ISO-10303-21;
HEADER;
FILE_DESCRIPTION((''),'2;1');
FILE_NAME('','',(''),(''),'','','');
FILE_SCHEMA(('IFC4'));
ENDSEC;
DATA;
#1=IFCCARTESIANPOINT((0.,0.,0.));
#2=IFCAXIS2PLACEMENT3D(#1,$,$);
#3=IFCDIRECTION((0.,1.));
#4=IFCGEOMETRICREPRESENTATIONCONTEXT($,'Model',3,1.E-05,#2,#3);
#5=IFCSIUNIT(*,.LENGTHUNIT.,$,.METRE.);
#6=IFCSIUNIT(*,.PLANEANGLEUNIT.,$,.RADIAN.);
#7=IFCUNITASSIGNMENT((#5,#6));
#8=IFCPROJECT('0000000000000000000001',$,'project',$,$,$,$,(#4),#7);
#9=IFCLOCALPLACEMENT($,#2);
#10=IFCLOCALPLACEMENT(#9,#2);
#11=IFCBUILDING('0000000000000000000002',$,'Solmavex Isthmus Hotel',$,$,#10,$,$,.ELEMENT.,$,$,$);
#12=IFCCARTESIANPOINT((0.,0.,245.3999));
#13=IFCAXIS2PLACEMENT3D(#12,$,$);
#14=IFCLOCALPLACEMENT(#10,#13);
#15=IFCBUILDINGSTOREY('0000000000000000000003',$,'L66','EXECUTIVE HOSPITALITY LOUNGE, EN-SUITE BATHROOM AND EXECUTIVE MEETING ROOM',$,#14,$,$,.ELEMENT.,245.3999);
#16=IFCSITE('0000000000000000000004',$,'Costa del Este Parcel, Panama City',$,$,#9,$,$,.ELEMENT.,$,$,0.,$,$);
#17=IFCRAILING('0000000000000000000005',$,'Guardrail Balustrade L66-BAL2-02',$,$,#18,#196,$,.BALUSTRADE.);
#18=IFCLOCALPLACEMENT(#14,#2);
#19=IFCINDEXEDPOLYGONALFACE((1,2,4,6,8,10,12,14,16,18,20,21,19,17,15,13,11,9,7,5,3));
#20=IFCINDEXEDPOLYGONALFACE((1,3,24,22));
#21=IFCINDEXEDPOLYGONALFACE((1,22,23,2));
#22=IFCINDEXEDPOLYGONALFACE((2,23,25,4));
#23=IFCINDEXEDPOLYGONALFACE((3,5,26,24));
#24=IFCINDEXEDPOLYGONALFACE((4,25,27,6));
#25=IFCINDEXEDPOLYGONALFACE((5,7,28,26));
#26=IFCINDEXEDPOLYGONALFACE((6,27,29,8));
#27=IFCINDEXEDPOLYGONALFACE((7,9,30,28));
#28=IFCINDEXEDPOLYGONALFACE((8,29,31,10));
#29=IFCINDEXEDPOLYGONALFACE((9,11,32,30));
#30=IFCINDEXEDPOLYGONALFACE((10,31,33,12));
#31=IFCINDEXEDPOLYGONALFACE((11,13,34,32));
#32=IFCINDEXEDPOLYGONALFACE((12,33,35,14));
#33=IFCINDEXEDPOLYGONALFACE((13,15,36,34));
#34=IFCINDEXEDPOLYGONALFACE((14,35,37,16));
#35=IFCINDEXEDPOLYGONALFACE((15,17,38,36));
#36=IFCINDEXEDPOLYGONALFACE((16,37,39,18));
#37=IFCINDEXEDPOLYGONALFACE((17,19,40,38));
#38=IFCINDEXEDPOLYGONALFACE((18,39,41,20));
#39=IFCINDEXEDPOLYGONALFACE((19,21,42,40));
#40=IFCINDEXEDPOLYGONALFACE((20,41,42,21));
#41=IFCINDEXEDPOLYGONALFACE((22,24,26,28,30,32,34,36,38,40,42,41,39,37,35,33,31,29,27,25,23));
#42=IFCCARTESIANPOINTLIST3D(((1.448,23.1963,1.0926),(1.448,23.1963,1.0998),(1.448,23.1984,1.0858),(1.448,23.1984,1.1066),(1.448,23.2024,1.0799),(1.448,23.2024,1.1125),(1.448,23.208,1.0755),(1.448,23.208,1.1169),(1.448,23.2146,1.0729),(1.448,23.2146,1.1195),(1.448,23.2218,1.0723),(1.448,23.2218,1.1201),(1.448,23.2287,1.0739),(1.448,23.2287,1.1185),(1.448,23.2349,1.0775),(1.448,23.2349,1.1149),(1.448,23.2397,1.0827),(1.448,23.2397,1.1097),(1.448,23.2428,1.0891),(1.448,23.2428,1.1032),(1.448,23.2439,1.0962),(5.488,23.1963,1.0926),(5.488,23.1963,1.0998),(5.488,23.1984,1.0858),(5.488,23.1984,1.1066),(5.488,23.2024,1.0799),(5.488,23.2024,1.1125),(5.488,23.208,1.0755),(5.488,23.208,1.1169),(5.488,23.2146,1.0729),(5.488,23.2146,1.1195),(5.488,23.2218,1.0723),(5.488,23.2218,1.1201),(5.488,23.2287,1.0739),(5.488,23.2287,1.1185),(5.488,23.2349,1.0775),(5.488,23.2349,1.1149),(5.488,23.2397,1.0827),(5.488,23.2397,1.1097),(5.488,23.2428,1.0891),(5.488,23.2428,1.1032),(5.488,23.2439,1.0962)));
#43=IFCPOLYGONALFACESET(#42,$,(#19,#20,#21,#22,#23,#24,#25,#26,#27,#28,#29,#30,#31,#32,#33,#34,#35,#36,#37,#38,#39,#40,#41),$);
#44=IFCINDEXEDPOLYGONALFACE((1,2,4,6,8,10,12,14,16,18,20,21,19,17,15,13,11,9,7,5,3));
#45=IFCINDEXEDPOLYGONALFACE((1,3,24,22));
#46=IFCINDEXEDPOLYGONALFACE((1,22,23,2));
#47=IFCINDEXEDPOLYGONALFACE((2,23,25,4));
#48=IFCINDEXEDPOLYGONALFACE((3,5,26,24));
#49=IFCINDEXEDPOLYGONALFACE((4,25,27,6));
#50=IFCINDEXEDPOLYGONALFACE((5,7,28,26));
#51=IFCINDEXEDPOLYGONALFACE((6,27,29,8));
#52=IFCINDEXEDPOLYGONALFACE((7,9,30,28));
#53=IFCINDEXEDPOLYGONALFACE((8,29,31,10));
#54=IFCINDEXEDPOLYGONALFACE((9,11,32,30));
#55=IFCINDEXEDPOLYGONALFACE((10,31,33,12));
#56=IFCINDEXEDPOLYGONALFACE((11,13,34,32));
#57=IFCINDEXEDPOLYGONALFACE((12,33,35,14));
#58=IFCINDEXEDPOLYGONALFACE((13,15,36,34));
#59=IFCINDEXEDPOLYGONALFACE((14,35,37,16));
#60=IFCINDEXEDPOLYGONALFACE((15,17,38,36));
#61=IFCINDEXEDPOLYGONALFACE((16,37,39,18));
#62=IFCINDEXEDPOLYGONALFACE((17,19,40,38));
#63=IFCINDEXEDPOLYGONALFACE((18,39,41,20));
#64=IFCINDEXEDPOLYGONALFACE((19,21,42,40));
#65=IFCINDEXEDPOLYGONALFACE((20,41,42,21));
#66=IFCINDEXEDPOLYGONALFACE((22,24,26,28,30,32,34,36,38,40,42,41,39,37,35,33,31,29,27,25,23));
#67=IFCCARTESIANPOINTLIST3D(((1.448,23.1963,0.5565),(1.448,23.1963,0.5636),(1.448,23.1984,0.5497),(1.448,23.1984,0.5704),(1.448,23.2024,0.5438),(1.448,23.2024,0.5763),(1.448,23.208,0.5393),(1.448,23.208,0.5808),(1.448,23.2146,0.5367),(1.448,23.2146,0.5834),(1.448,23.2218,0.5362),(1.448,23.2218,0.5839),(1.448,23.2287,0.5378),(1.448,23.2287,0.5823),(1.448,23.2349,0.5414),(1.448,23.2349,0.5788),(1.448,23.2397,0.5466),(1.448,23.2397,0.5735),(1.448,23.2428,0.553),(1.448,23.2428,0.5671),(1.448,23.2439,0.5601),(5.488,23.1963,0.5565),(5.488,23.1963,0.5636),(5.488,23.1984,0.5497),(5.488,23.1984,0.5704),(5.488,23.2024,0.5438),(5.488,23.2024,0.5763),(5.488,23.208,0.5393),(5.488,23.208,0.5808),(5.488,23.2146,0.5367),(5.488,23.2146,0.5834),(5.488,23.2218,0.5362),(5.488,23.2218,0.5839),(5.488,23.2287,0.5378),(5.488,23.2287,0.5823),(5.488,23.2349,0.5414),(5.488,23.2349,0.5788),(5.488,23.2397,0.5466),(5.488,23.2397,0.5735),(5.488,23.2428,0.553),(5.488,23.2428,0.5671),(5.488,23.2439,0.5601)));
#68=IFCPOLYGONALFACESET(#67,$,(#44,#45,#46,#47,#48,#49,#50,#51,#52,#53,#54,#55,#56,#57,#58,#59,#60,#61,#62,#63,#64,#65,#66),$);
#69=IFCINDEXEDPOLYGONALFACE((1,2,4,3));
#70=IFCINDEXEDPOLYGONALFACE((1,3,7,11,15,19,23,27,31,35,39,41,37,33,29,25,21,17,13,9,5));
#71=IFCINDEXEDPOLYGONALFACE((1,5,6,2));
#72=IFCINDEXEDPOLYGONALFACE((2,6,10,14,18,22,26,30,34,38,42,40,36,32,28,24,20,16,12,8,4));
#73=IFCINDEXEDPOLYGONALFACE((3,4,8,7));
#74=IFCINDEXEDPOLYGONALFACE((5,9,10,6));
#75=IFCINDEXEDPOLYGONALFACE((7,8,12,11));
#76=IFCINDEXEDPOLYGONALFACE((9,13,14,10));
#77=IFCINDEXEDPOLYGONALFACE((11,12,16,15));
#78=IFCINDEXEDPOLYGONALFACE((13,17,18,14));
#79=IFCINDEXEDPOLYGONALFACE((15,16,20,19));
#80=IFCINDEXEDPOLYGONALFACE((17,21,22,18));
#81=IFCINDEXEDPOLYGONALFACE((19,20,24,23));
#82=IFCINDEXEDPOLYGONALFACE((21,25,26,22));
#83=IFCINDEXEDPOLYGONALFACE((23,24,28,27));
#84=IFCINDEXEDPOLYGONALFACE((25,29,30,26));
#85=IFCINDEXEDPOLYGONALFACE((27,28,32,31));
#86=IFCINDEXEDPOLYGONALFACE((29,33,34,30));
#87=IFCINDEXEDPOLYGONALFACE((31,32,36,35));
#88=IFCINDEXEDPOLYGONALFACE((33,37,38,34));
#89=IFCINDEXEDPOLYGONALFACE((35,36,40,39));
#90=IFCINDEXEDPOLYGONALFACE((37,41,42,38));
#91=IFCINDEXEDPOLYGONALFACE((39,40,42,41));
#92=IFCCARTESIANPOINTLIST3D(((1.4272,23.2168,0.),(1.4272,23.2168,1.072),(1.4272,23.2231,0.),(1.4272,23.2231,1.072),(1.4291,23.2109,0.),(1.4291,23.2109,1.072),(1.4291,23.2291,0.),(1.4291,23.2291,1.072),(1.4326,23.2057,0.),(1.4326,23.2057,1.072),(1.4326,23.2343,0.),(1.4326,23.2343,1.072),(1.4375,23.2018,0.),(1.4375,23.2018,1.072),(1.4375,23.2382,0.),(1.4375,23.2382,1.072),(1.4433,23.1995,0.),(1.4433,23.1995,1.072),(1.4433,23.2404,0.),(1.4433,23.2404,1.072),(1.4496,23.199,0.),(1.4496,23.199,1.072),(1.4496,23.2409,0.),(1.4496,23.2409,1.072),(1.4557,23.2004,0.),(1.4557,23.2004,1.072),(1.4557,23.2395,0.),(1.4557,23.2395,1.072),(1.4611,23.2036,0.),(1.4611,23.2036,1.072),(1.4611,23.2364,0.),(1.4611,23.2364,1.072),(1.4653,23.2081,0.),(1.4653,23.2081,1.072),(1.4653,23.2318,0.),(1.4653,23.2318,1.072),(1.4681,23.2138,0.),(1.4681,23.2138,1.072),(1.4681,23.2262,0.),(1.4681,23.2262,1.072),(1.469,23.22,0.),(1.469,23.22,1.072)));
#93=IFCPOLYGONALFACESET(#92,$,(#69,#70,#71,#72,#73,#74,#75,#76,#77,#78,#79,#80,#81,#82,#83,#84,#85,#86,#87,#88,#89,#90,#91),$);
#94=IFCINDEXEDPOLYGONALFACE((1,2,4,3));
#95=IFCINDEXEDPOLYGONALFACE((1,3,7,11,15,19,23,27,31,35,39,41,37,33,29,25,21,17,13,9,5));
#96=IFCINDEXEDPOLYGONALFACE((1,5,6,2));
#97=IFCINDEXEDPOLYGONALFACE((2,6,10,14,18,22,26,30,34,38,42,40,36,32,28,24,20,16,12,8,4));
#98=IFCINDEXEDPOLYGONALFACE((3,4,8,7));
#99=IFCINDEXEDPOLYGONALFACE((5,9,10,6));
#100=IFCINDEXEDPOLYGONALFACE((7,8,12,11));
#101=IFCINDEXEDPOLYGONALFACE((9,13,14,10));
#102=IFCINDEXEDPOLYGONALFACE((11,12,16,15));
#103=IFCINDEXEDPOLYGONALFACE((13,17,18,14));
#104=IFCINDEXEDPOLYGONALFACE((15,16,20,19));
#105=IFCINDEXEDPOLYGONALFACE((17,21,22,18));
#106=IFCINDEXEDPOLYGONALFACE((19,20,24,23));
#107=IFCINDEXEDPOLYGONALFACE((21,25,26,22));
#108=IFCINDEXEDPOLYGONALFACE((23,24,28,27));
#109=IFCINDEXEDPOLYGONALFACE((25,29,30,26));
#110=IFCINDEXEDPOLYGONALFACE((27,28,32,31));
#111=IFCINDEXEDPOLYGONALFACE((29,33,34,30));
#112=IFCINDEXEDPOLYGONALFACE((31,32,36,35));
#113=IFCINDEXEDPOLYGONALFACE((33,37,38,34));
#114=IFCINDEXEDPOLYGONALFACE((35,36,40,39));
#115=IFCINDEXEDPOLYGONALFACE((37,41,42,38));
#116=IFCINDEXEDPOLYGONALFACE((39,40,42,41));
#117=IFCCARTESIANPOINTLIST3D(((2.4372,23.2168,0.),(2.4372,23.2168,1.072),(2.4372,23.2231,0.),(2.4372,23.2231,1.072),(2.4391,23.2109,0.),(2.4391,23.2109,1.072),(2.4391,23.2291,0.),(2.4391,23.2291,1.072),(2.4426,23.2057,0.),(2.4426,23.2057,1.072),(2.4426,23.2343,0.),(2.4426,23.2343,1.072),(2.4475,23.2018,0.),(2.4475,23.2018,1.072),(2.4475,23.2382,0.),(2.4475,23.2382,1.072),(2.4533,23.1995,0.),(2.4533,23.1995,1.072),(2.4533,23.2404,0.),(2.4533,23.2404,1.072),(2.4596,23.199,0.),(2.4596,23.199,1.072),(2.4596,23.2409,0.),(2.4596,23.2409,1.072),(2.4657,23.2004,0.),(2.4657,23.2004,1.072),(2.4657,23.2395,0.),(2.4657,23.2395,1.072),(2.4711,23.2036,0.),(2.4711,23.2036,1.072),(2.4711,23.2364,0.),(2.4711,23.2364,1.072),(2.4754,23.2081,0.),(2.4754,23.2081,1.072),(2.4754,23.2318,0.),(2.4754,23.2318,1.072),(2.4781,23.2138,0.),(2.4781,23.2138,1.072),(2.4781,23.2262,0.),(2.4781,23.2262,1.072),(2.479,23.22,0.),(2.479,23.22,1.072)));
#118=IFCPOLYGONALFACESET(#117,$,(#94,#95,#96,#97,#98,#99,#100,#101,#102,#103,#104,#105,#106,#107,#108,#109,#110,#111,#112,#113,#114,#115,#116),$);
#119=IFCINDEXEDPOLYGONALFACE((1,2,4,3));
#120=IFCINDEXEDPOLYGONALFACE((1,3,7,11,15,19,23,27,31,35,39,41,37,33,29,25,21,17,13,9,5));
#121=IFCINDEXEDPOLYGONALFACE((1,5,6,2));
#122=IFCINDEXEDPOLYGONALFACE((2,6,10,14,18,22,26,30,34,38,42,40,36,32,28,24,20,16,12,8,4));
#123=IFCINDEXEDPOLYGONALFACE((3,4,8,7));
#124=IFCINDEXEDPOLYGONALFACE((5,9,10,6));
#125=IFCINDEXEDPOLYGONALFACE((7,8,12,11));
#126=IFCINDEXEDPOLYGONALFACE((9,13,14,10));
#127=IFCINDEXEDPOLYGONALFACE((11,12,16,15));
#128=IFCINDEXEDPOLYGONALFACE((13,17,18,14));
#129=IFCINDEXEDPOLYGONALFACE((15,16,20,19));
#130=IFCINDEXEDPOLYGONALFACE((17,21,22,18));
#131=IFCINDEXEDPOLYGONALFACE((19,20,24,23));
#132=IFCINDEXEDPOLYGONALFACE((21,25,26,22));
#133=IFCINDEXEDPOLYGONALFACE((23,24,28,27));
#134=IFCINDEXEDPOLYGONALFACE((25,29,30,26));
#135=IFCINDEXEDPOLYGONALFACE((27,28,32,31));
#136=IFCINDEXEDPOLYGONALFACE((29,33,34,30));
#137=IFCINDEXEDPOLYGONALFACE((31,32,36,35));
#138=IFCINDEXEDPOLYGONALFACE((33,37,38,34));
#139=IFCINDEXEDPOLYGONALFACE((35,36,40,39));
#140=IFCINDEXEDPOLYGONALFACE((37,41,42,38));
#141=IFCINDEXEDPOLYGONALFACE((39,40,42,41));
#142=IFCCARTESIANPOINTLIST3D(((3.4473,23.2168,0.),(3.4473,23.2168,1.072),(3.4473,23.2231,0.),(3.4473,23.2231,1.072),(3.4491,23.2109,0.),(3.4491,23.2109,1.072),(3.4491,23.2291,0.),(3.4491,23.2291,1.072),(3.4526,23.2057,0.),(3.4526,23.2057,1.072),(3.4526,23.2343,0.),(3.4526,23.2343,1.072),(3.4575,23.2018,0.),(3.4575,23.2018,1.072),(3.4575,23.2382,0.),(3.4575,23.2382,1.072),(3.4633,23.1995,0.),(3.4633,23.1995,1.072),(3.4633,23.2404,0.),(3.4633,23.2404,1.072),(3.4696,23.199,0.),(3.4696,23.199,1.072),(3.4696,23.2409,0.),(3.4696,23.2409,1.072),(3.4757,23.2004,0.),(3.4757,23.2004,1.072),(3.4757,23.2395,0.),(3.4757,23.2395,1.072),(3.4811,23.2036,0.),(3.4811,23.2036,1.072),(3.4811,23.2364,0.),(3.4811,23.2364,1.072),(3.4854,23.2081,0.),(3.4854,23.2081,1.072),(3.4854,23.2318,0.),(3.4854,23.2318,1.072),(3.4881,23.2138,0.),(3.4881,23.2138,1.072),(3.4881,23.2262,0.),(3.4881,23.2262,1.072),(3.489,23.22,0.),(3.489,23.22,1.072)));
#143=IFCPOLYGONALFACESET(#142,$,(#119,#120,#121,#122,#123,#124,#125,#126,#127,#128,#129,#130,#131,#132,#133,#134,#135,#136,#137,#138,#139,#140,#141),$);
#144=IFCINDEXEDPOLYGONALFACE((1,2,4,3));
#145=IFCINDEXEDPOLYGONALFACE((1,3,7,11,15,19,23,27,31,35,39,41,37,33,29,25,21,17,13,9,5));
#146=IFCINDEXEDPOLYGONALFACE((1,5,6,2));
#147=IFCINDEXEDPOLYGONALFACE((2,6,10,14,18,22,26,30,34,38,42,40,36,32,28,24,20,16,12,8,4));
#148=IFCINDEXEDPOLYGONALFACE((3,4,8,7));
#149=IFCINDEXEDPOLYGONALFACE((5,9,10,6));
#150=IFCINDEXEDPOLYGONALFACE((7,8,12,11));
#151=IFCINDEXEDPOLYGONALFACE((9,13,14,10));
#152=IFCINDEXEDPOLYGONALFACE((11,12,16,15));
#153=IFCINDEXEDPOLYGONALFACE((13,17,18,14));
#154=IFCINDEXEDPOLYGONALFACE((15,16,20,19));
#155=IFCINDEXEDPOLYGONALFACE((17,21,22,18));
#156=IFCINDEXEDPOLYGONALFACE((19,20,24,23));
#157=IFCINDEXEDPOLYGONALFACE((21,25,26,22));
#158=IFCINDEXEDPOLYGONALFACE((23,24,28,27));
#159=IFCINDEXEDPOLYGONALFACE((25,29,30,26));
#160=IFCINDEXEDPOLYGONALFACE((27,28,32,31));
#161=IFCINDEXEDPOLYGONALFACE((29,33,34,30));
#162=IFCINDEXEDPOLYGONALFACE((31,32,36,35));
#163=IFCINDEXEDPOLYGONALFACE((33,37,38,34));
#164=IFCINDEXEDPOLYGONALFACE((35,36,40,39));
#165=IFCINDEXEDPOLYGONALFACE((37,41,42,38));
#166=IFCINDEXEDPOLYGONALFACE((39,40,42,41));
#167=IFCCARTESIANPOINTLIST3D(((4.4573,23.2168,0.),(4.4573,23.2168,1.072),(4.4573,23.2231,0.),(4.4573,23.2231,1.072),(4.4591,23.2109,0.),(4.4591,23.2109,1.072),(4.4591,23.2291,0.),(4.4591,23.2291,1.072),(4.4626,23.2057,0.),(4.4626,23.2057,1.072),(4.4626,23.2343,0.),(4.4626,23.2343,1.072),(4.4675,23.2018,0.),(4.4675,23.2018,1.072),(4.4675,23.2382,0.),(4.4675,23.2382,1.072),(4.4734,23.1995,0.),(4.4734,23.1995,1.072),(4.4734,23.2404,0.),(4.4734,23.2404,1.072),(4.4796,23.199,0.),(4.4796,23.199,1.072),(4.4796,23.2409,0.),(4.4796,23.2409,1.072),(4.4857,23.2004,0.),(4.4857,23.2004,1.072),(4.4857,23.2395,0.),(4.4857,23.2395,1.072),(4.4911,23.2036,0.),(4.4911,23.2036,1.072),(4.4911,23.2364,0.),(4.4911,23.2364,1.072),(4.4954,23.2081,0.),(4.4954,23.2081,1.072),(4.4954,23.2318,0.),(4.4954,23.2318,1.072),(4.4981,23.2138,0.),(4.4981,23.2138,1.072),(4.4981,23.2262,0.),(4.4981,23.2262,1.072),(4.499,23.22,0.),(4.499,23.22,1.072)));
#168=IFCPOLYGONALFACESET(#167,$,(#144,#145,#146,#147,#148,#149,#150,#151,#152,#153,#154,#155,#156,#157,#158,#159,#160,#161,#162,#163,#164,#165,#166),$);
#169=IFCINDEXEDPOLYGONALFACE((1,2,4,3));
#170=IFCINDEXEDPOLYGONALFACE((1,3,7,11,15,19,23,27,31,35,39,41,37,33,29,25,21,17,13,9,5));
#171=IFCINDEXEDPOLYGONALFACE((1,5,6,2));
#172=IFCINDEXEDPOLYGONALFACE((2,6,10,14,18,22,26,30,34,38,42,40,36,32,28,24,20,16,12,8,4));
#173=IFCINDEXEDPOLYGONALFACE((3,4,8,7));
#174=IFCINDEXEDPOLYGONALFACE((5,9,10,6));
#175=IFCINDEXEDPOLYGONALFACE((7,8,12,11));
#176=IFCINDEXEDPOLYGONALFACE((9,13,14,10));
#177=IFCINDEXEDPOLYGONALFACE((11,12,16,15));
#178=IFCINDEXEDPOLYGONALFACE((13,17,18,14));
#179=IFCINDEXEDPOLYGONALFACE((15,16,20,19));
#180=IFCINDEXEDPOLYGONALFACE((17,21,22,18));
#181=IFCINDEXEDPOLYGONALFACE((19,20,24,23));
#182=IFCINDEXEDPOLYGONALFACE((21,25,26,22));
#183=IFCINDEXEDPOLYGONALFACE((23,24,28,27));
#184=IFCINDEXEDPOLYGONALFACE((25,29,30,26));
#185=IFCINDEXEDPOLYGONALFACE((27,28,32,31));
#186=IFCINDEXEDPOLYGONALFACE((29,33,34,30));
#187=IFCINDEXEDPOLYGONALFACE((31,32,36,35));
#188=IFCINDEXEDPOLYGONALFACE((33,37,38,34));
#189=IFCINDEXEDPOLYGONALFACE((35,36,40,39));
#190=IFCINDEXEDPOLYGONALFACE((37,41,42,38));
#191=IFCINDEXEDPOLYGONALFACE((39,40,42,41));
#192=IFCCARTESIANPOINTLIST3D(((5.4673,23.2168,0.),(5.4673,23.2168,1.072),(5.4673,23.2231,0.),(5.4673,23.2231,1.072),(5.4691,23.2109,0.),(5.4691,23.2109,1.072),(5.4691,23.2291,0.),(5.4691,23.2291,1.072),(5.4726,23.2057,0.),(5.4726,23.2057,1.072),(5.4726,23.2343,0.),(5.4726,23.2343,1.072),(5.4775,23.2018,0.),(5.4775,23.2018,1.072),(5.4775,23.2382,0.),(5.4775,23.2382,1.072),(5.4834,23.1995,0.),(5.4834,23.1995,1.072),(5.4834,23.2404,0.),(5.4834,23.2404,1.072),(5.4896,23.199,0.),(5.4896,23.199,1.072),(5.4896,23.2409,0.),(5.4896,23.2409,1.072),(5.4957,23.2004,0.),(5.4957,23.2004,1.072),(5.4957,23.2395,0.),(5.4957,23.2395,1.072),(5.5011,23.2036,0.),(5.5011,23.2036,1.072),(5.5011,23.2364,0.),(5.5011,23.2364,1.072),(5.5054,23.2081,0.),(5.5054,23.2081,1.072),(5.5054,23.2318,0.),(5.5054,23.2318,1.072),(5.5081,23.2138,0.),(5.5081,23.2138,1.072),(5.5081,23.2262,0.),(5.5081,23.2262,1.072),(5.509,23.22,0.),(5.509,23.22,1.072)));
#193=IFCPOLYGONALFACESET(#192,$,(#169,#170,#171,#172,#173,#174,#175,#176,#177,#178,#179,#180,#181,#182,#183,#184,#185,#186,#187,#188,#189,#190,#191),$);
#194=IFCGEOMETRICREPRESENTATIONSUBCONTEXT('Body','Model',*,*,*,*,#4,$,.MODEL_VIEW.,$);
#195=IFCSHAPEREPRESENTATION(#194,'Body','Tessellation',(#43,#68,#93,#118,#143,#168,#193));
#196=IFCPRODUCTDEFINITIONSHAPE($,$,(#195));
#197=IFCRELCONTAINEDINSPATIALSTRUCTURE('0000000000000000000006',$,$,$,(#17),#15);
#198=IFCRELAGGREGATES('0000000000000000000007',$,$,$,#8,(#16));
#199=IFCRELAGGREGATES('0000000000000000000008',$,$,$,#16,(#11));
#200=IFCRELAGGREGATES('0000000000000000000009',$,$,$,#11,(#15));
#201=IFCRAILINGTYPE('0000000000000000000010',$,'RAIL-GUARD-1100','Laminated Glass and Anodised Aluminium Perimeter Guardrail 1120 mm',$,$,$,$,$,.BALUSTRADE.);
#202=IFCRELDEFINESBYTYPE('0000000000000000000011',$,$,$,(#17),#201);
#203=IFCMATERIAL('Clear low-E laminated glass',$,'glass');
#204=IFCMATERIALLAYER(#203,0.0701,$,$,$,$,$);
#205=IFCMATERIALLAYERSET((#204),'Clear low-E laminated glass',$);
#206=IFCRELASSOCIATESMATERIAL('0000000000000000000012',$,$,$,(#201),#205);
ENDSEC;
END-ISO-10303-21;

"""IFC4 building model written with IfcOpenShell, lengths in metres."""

from ifc_helpers import new_model, si_unit, direction, frame, origin, origin_2d, place, context, subcontext, project, spatial, circle, extrude, material, layer, layer_set, type_object, element, save


model = new_model("IFC4")

# Units and contexts
model_context = context("Model", 3, precision=1e-05, world=origin(), true_north=direction((0.0, 1.0)))
body_context = subcontext(model_context, "Body", "Model", "MODEL_VIEW")
ifc_project = project(units=[si_unit("LENGTHUNIT", "METRE"), si_unit("PLANEANGLEUNIT", "RADIAN")], contexts=[model_context])

# Site, building, storey
site_placement = place(None, origin())
site = spatial("IfcSite", under=ifc_project, at=site_placement, Name="Costa del Este Parcel, Panama City", CompositionType="ELEMENT", RefElevation=0.0)
building_placement = place(site_placement, origin())
building = spatial("IfcBuilding", under=site, at=building_placement, Name="Solmavex Isthmus Hotel", CompositionType="ELEMENT")
storey_placement = place(building_placement, frame((0.0, 0.0, 245.3999)))
storey = spatial("IfcBuildingStorey", under=building, at=storey_placement, Name="L66", Description="EXECUTIVE HOSPITALITY LOUNGE, EN-SUITE BATHROOM AND EXECUTIVE MEETING ROOM", CompositionType="ELEMENT", Elevation=245.3999)

# Shared definitions
ifc_material_1 = material(Name="Clear low-E laminated glass", Category="glass")

# Railing
ifc_layer_1 = layer(ifc_material_1, 0.0701)
ifc_layer_set_1 = layer_set([ifc_layer_1], Name="Clear low-E laminated glass")
railing_type = type_object("IfcRailingType", Name="RAIL-GUARD-1100", Description="Laminated Glass and Anodised Aluminium Perimeter Guardrail 1120 mm", PredefinedType="BALUSTRADE", material=ifc_layer_set_1)
railing_1_placement = place(storey_placement, frame((1.448, 23.22, 0.0)))
element("IfcRailing", 1, at=railing_1_placement, inside=storey, type_object=railing_type, Name="Guardrail Balustrade L66-BAL2-02", PredefinedType="BALUSTRADE", context=body_context, shape_type="SweptSolid", body=[
    extrude(circle(Radius=0.0239, at=origin_2d()), frame((0.0, 0.0, 1.0962), z_axis=(1.0, 0.0, 0.0), x_axis=(0.0, 1.0, 0.0)), (0.0, 0.0, 1.0), 4.04),
    extrude(circle(Radius=0.0239, at=origin_2d()), frame((0.0, 0.0, 0.5601), z_axis=(1.0, 0.0, 0.0), x_axis=(0.0, 1.0, 0.0)), (0.0, 0.0, 1.0), 4.04),
    extrude(circle(Radius=0.021, at=origin_2d()), origin(), (0.0, 0.0, 1.0), 1.072),
    extrude(circle(Radius=0.021, at=origin_2d()), frame((1.01, 0.0, 0.0)), (0.0, 0.0, 1.0), 1.072),
    extrude(circle(Radius=0.021, at=origin_2d()), frame((2.02, 0.0, 0.0)), (0.0, 0.0, 1.0), 1.072),
    extrude(circle(Radius=0.021, at=origin_2d()), frame((3.03, 0.0, 0.0)), (0.0, 0.0, 1.0), 1.072),
    extrude(circle(Radius=0.021, at=origin_2d()), frame((4.04, 0.0, 0.0)), (0.0, 0.0, 1.0), 1.072),
])

save(model, "model.ifc")
